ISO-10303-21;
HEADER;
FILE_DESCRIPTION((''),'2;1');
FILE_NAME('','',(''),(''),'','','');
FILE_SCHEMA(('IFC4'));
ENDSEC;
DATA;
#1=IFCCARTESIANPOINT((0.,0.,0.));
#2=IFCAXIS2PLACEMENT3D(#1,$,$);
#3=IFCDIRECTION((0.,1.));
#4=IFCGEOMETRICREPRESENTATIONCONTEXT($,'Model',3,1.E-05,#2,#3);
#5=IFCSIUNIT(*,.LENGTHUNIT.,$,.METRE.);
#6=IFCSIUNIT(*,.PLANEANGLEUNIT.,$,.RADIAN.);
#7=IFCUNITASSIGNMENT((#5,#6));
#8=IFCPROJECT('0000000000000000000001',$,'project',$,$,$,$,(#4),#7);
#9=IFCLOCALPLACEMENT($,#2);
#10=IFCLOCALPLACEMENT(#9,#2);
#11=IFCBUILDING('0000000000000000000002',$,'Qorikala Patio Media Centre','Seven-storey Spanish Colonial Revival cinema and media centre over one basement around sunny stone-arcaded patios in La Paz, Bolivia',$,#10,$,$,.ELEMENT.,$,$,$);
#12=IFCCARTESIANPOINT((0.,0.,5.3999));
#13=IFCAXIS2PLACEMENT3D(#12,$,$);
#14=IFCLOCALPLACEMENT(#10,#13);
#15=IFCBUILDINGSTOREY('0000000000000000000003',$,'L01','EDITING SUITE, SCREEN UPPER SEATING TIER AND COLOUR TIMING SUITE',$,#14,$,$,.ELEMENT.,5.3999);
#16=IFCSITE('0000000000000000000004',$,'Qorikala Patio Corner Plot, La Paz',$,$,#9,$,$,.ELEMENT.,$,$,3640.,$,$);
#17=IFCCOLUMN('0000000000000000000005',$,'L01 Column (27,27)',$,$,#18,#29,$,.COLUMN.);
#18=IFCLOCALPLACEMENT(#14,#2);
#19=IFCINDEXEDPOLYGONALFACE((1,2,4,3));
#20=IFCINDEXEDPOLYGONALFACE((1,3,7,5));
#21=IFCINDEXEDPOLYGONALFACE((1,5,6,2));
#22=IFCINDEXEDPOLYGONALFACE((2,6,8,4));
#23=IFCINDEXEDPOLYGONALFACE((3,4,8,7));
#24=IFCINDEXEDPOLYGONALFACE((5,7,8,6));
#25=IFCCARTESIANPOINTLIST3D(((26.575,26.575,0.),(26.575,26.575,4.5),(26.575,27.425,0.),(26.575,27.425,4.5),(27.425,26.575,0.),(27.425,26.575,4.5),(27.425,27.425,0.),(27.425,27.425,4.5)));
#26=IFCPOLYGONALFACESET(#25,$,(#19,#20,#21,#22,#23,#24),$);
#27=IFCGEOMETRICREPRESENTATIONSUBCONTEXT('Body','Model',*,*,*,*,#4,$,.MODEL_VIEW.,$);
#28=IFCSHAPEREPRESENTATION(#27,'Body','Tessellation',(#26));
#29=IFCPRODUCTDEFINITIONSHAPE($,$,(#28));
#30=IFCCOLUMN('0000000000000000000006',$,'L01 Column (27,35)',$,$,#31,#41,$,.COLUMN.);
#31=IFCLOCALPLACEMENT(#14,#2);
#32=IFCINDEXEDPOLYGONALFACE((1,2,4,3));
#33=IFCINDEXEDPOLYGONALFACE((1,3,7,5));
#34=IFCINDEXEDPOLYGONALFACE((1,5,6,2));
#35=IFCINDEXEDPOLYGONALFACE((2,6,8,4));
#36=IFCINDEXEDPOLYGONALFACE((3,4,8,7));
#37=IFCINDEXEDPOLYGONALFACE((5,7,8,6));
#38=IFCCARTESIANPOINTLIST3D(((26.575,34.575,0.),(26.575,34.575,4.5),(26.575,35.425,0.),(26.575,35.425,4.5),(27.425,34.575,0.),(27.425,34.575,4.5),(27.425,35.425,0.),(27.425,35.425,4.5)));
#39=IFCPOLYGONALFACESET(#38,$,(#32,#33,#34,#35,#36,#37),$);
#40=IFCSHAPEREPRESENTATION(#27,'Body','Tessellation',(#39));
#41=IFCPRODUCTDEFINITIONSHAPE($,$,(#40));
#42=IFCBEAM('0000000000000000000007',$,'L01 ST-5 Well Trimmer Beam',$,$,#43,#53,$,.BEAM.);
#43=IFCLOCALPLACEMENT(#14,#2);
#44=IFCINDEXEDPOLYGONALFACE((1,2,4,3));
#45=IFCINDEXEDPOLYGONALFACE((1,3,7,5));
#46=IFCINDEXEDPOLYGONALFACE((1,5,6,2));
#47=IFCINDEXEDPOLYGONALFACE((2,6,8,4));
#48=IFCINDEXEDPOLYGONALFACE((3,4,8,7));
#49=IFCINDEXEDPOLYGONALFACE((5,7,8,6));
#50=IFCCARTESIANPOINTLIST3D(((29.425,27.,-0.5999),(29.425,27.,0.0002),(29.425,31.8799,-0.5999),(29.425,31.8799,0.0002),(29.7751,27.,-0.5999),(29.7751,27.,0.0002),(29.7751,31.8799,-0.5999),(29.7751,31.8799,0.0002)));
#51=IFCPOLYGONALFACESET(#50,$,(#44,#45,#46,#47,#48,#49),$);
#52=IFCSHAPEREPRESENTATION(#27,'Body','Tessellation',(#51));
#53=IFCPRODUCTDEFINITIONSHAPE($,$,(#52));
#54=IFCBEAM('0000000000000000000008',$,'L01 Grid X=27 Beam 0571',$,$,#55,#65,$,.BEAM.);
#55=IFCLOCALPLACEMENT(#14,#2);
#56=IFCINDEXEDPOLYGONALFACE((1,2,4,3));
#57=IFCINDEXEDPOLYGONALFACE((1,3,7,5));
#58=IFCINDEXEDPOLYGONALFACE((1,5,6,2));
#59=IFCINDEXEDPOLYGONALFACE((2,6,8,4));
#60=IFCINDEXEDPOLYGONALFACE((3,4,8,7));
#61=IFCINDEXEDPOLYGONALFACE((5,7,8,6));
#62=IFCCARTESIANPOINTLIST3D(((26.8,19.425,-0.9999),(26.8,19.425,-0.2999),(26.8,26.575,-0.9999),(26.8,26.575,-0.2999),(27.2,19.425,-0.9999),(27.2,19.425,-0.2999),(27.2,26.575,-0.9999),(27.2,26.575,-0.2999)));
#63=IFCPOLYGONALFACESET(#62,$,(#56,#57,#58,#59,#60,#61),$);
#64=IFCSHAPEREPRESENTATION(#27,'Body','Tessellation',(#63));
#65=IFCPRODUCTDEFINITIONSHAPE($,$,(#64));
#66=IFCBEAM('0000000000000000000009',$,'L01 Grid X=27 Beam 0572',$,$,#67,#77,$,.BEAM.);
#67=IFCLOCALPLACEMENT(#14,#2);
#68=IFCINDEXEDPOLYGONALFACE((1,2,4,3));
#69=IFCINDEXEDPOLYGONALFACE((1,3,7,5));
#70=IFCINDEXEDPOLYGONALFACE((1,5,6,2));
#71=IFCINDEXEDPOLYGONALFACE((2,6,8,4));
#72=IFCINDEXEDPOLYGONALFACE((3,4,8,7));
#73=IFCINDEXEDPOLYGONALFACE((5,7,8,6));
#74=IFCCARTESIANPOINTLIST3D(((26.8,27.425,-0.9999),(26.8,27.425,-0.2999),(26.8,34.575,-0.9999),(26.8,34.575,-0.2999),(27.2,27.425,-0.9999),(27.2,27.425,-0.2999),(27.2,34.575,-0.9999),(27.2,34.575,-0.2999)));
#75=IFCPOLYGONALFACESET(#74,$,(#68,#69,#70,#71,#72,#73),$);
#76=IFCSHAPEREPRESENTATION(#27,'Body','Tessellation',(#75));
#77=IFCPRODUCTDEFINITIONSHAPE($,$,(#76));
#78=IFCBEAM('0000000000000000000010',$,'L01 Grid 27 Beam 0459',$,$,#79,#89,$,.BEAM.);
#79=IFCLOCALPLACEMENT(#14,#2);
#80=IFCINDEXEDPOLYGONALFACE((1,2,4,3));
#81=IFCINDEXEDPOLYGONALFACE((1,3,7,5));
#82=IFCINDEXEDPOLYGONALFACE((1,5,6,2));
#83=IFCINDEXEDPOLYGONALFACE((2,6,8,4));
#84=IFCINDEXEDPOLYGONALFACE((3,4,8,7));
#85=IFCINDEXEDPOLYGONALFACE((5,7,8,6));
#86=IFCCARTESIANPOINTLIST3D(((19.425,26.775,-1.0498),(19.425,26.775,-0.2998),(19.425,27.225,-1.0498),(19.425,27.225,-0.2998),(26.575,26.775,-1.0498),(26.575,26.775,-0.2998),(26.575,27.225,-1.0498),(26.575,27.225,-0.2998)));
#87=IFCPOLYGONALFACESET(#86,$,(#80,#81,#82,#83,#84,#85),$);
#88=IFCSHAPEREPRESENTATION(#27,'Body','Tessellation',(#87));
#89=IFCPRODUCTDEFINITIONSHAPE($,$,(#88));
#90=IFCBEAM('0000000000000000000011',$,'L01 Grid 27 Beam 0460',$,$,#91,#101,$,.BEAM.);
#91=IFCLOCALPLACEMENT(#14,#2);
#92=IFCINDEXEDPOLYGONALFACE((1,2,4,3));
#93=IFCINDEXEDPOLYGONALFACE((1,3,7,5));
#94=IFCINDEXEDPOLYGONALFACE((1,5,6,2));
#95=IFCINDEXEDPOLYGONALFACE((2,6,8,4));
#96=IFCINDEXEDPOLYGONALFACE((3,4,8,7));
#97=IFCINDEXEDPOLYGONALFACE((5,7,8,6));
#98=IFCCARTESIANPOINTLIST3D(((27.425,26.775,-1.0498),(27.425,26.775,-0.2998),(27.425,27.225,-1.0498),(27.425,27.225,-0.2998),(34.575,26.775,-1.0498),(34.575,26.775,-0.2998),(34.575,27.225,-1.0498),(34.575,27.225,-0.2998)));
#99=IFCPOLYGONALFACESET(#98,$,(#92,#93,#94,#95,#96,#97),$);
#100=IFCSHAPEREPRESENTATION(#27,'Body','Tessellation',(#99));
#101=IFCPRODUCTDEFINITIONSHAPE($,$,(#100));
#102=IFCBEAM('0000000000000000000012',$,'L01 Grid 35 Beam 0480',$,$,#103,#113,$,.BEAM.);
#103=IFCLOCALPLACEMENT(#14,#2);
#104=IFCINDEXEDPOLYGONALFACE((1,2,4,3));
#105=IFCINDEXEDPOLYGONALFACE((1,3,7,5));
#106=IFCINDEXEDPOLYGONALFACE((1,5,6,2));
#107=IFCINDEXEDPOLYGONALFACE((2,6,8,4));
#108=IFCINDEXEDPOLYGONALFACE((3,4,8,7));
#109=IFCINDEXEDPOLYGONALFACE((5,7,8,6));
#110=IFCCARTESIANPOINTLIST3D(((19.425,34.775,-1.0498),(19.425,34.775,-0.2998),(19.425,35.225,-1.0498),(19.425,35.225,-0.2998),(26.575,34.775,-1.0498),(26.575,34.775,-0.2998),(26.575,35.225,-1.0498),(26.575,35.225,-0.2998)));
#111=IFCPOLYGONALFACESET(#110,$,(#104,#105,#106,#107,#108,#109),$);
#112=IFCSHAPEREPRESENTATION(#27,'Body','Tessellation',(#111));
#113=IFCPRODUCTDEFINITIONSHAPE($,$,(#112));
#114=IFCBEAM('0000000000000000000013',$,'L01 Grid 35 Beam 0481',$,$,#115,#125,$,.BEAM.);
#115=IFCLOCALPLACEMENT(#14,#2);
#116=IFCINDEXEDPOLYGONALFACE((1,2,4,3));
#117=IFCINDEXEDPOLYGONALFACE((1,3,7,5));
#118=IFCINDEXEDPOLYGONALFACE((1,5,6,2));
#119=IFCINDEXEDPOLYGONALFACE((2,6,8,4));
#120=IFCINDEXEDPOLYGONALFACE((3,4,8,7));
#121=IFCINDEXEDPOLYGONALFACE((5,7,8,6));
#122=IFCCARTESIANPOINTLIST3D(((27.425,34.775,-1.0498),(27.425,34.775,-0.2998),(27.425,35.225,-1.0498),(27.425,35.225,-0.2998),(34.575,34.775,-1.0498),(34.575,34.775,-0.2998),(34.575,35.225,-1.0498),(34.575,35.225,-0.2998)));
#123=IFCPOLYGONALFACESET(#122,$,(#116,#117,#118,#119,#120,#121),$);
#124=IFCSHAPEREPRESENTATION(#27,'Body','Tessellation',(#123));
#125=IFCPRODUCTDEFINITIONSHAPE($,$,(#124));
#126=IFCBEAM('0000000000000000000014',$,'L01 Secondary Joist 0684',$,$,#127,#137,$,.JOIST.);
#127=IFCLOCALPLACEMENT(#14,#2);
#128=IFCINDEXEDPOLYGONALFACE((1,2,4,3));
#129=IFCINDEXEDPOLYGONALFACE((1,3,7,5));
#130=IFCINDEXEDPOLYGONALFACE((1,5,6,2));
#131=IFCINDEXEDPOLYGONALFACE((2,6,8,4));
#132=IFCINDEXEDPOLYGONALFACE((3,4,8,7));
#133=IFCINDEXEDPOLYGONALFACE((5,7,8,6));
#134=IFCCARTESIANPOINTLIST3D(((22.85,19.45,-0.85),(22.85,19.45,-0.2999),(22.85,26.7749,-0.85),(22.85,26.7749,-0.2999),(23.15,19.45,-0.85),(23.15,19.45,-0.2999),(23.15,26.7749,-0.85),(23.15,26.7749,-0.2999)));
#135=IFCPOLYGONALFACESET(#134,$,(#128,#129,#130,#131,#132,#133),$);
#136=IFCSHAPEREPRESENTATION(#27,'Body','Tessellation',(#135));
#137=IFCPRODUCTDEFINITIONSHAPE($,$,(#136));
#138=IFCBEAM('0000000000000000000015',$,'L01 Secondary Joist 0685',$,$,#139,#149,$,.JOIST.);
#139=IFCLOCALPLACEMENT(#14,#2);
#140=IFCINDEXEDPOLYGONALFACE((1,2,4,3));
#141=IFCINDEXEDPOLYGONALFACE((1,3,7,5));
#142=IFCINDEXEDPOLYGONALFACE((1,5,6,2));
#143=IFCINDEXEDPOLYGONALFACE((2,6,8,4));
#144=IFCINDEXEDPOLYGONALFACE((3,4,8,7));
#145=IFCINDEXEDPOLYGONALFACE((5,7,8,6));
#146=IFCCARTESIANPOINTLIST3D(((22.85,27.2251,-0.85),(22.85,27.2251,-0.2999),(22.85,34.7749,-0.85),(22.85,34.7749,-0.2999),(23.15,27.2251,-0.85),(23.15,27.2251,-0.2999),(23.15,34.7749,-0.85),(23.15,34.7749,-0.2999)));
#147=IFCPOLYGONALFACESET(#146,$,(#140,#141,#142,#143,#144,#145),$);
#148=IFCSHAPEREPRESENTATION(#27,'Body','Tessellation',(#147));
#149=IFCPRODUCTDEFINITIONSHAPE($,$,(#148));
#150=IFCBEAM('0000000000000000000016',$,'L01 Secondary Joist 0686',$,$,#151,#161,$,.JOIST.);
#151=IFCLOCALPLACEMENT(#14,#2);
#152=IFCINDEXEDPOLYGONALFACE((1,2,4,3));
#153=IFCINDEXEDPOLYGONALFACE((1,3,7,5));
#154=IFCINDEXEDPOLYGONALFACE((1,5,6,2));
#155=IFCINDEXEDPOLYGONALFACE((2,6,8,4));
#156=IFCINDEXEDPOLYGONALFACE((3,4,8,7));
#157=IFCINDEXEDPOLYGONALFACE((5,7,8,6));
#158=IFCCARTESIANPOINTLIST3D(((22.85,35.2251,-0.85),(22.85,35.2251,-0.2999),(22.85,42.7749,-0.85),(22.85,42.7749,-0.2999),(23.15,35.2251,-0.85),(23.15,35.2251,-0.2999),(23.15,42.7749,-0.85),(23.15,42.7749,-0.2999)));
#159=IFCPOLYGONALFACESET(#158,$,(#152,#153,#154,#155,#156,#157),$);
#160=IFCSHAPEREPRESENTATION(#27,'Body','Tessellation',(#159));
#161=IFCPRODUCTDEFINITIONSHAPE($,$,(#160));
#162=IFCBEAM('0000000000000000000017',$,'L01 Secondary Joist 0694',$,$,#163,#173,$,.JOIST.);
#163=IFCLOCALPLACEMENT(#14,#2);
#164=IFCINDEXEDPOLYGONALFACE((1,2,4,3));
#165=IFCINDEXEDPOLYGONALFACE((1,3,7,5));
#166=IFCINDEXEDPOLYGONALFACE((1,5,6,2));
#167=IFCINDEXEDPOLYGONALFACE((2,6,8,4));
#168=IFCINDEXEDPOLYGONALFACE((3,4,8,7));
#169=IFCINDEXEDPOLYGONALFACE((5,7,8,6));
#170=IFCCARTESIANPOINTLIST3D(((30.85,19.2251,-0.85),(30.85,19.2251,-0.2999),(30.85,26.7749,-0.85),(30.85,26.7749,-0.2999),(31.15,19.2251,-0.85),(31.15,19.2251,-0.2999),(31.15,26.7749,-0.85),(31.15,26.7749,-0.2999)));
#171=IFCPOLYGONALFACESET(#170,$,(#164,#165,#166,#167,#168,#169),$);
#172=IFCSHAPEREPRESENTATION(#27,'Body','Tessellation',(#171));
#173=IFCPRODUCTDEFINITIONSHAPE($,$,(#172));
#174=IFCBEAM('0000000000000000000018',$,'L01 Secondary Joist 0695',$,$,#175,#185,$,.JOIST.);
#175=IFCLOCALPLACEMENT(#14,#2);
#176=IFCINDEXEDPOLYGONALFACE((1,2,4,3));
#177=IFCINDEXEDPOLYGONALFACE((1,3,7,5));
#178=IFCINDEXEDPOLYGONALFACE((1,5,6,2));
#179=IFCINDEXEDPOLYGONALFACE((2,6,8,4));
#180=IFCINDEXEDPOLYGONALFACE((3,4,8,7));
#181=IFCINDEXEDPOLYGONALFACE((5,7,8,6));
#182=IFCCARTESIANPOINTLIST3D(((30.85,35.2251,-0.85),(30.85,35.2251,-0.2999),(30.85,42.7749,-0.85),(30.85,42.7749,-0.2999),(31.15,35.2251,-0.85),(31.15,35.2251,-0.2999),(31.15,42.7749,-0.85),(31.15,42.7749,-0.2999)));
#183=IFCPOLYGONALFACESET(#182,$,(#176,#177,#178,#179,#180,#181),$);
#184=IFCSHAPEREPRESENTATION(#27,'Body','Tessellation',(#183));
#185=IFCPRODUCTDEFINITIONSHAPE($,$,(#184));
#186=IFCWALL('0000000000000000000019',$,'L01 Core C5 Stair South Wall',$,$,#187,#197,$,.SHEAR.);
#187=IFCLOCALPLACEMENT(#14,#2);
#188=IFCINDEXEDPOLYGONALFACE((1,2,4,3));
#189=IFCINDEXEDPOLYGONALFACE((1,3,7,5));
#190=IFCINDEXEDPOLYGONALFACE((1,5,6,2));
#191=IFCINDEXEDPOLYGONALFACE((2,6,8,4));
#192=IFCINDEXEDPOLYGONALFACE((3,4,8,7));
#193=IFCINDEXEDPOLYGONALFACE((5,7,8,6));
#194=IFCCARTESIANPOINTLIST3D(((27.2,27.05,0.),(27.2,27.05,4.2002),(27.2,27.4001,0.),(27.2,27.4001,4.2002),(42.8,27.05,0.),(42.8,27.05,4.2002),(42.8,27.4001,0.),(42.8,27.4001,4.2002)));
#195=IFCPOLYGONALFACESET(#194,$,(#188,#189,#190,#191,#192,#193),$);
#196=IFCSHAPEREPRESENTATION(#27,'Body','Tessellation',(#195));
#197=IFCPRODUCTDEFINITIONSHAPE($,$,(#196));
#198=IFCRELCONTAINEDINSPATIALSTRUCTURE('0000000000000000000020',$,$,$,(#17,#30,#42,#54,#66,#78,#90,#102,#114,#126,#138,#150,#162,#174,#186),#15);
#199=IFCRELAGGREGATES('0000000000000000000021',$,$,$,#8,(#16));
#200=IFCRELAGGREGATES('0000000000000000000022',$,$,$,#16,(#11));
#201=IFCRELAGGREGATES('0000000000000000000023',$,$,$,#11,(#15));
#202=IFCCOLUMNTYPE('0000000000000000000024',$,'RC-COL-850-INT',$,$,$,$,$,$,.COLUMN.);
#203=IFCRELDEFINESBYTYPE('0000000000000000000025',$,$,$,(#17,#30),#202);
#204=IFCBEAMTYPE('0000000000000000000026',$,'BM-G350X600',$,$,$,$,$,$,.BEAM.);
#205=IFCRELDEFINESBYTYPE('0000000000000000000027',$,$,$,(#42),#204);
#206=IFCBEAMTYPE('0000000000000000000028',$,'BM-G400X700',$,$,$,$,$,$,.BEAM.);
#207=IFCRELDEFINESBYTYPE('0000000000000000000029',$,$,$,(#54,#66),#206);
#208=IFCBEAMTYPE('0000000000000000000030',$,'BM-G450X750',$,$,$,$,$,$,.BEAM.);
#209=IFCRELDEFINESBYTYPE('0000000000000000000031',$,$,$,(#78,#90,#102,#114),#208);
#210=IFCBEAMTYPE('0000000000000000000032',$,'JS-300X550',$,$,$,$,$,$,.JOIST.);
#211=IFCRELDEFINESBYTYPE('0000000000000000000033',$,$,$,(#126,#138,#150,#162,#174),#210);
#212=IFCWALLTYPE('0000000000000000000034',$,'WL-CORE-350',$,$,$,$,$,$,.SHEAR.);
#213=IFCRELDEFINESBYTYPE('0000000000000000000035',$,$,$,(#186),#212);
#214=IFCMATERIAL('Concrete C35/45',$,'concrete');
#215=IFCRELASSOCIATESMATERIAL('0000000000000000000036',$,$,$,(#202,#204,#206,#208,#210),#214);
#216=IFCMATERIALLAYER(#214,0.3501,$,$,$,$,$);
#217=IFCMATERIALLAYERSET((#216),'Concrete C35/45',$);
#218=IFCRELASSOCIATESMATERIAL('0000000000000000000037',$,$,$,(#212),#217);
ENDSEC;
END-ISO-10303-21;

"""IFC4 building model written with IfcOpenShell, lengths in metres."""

from ifc_helpers import new_model, si_unit, direction, frame, frame_2d, origin, origin_2d, place, context, subcontext, project, spatial, rectangle, extrude, material, layer, layer_set, material_profile, profile_set, type_object, element, save


model = new_model("IFC4")

# Units and contexts
model_context = context("Model", 3, precision=1e-05, world=origin(), true_north=direction((0.0, 1.0)))
body_context = subcontext(model_context, "Body", "Model", "MODEL_VIEW")
ifc_project = project(units=[si_unit("LENGTHUNIT", "METRE"), si_unit("PLANEANGLEUNIT", "RADIAN")], contexts=[model_context])

# Site, building, storey
site_placement = place(None, origin())
site = spatial("IfcSite", under=ifc_project, at=site_placement, Name="Qorikala Patio Corner Plot, La Paz", CompositionType="ELEMENT", RefElevation=3640.0)
building_placement = place(site_placement, origin())
building = spatial("IfcBuilding", under=site, at=building_placement, Name="Qorikala Patio Media Centre", Description="Seven-storey Spanish Colonial Revival cinema and media centre over one basement around sunny stone-arcaded patios in La Paz, Bolivia", CompositionType="ELEMENT")
storey_placement = place(building_placement, frame((0.0, 0.0, 5.3999)))
storey = spatial("IfcBuildingStorey", under=building, at=storey_placement, Name="L01", Description="EDITING SUITE, SCREEN UPPER SEATING TIER AND COLOUR TIMING SUITE", CompositionType="ELEMENT", Elevation=5.3999)

# Columns
ifc_material_1 = material(Name="Concrete C35/45", Category="concrete")
ifc_material_profile_1 = material_profile(ifc_material_1, rectangle(XDim=0.8501, YDim=0.8501, at=origin_2d()), Name="RC 850x850")
ifc_profile_set_1 = profile_set([ifc_material_profile_1], Name="Concrete C35/45")
column_type = type_object("IfcColumnType", Name="RC-COL-850-INT", PredefinedType="COLUMN", material=ifc_profile_set_1)
for number, where, z_axis, x_axis, name in (
    (1, (27.0, 27.0, 0.0), (0.0, 0.0, 1.0), (1.0, 0.0, 0.0), "L01 Column (27,27)"),
    (2, (27.0, 35.0, 0.0), (0.0, 0.0, 1.0), (1.0, 0.0, 0.0), "L01 Column (27,35)"),
):
    element("IfcColumn", number, at=place(storey_placement, frame(where, z_axis=z_axis, x_axis=x_axis)), inside=storey, type_object=column_type, Name=name, PredefinedType="COLUMN", context=body_context, shape_type="SweptSolid", body=[
        extrude(rectangle(XDim=0.8501, YDim=0.8501, at=origin_2d()), origin(), (0.0, 0.0, 1.0), 4.5),
    ])

# Beams
ifc_material_profile_2 = material_profile(ifc_material_1, rectangle(XDim=0.3501, YDim=0.6001, at=origin_2d()), Name="RC 350x600")
ifc_profile_set_2 = profile_set([ifc_material_profile_2], Name="Concrete C35/45")
beam_type_1 = type_object("IfcBeamType", Name="BM-G350X600", PredefinedType="BEAM", material=ifc_profile_set_2)
beam_1_placement = place(storey_placement, frame((29.6001, 27.0, -0.2998), z_axis=(0.0, 1.0, 0.0), x_axis=(-1.0, 0.0, 0.0)))
element("IfcBeam", 3, at=beam_1_placement, inside=storey, type_object=beam_type_1, Name="L01 ST-5 Well Trimmer Beam", PredefinedType="BEAM", context=body_context, shape_type="SweptSolid", body=[
    extrude(rectangle(XDim=0.3501, YDim=0.6001, at=origin_2d()), origin(), (0.0, 0.0, 1.0), 4.8799),
])
ifc_material_profile_3 = material_profile(ifc_material_1, rectangle(XDim=0.3999, YDim=0.7, at=origin_2d()), Name="RC 400x700")
ifc_profile_set_3 = profile_set([ifc_material_profile_3], Name="Concrete C35/45")
beam_type_2 = type_object("IfcBeamType", Name="BM-G400X700", PredefinedType="BEAM", material=ifc_profile_set_3)
for number, where, z_axis, x_axis, name in (
    (4, (27.0, 19.425, -0.6499), (0.0, 1.0, 0.0), (-1.0, 0.0, 0.0), "L01 Grid X=27 Beam 0571"),
    (5, (27.0, 27.425, -0.6499), (0.0, 1.0, 0.0), (-1.0, 0.0, 0.0), "L01 Grid X=27 Beam 0572"),
):
    element("IfcBeam", number, at=place(storey_placement, frame(where, z_axis=z_axis, x_axis=x_axis)), inside=storey, type_object=beam_type_2, Name=name, PredefinedType="BEAM", context=body_context, shape_type="SweptSolid", body=[
        extrude(rectangle(XDim=0.3999, YDim=0.7, at=origin_2d()), origin(), (0.0, 0.0, 1.0), 7.1499),
    ])
ifc_material_profile_4 = material_profile(ifc_material_1, rectangle(XDim=0.45, YDim=0.75, at=origin_2d()), Name="RC 450x750")
ifc_profile_set_4 = profile_set([ifc_material_profile_4], Name="Concrete C35/45")
beam_type_3 = type_object("IfcBeamType", Name="BM-G450X750", PredefinedType="BEAM", material=ifc_profile_set_4)
for number, where, z_axis, x_axis, name in (
    (6, (19.425, 27.0, -0.6748), (1.0, 0.0, 0.0), (0.0, 1.0, 0.0), "L01 Grid 27 Beam 0459"),
    (7, (27.425, 27.0, -0.6748), (1.0, 0.0, 0.0), (0.0, 1.0, 0.0), "L01 Grid 27 Beam 0460"),
    (8, (19.425, 35.0, -0.6748), (1.0, 0.0, 0.0), (0.0, 1.0, 0.0), "L01 Grid 35 Beam 0480"),
    (9, (27.425, 35.0, -0.6748), (1.0, 0.0, 0.0), (0.0, 1.0, 0.0), "L01 Grid 35 Beam 0481"),
):
    element("IfcBeam", number, at=place(storey_placement, frame(where, z_axis=z_axis, x_axis=x_axis)), inside=storey, type_object=beam_type_3, Name=name, PredefinedType="BEAM", context=body_context, shape_type="SweptSolid", body=[
        extrude(rectangle(XDim=0.45, YDim=0.75, at=origin_2d()), origin(), (0.0, 0.0, 1.0), 7.1499),
    ])
ifc_material_profile_5 = material_profile(ifc_material_1, rectangle(XDim=0.3, YDim=0.55, at=origin_2d()), Name="RC 300x550")
ifc_profile_set_5 = profile_set([ifc_material_profile_5], Name="Concrete C35/45")
beam_type_4 = type_object("IfcBeamType", Name="JS-300X550", PredefinedType="JOIST", material=ifc_profile_set_5)
beam_2_placement = place(storey_placement, frame((23.0, 19.45, -0.575), z_axis=(0.0, 1.0, 0.0), x_axis=(-1.0, 0.0, 0.0)))
element("IfcBeam", 10, at=beam_2_placement, inside=storey, type_object=beam_type_4, Name="L01 Secondary Joist 0684", PredefinedType="JOIST", context=body_context, shape_type="SweptSolid", body=[
    extrude(rectangle(XDim=0.3, YDim=0.55, at=origin_2d()), origin(), (0.0, 0.0, 1.0), 7.325),
])
for number, where, z_axis, x_axis, name in (
    (11, (23.0, 27.2251, -0.575), (0.0, 1.0, 0.0), (-1.0, 0.0, 0.0), "L01 Secondary Joist 0685"),
    (12, (23.0, 35.2251, -0.575), (0.0, 1.0, 0.0), (-1.0, 0.0, 0.0), "L01 Secondary Joist 0686"),
    (13, (31.0, 19.2251, -0.575), (0.0, 1.0, 0.0), (-1.0, 0.0, 0.0), "L01 Secondary Joist 0694"),
    (14, (31.0, 35.2251, -0.575), (0.0, 1.0, 0.0), (-1.0, 0.0, 0.0), "L01 Secondary Joist 0695"),
):
    element("IfcBeam", number, at=place(storey_placement, frame(where, z_axis=z_axis, x_axis=x_axis)), inside=storey, type_object=beam_type_4, Name=name, PredefinedType="JOIST", context=body_context, shape_type="SweptSolid", body=[
        extrude(rectangle(XDim=0.3, YDim=0.55, at=origin_2d()), origin(), (0.0, 0.0, 1.0), 7.5498),
    ])

# Wall
ifc_layer_1 = layer(ifc_material_1, 0.3501)
ifc_layer_set_1 = layer_set([ifc_layer_1], Name="Concrete C35/45")
wall_type_1 = type_object("IfcWallType", Name="WL-CORE-350", PredefinedType="SHEAR", material=ifc_layer_set_1)
wall_1_placement = place(storey_placement, frame((27.2, 27.2251, 0.0), z_axis=(0.0, 0.0, 1.0), x_axis=(1.0, 0.0, 0.0)))
element("IfcWall", 15, at=wall_1_placement, inside=storey, type_object=wall_type_1, Name="L01 Core C5 Stair South Wall", PredefinedType="SHEAR", context=body_context, shape_type="SweptSolid", body=[
    extrude(rectangle(XDim=15.6001, YDim=0.3501, at=frame_2d((7.8, 0.0))), origin(), (0.0, 0.0, 1.0), 4.2002),
])

save(model, "model.ifc")
